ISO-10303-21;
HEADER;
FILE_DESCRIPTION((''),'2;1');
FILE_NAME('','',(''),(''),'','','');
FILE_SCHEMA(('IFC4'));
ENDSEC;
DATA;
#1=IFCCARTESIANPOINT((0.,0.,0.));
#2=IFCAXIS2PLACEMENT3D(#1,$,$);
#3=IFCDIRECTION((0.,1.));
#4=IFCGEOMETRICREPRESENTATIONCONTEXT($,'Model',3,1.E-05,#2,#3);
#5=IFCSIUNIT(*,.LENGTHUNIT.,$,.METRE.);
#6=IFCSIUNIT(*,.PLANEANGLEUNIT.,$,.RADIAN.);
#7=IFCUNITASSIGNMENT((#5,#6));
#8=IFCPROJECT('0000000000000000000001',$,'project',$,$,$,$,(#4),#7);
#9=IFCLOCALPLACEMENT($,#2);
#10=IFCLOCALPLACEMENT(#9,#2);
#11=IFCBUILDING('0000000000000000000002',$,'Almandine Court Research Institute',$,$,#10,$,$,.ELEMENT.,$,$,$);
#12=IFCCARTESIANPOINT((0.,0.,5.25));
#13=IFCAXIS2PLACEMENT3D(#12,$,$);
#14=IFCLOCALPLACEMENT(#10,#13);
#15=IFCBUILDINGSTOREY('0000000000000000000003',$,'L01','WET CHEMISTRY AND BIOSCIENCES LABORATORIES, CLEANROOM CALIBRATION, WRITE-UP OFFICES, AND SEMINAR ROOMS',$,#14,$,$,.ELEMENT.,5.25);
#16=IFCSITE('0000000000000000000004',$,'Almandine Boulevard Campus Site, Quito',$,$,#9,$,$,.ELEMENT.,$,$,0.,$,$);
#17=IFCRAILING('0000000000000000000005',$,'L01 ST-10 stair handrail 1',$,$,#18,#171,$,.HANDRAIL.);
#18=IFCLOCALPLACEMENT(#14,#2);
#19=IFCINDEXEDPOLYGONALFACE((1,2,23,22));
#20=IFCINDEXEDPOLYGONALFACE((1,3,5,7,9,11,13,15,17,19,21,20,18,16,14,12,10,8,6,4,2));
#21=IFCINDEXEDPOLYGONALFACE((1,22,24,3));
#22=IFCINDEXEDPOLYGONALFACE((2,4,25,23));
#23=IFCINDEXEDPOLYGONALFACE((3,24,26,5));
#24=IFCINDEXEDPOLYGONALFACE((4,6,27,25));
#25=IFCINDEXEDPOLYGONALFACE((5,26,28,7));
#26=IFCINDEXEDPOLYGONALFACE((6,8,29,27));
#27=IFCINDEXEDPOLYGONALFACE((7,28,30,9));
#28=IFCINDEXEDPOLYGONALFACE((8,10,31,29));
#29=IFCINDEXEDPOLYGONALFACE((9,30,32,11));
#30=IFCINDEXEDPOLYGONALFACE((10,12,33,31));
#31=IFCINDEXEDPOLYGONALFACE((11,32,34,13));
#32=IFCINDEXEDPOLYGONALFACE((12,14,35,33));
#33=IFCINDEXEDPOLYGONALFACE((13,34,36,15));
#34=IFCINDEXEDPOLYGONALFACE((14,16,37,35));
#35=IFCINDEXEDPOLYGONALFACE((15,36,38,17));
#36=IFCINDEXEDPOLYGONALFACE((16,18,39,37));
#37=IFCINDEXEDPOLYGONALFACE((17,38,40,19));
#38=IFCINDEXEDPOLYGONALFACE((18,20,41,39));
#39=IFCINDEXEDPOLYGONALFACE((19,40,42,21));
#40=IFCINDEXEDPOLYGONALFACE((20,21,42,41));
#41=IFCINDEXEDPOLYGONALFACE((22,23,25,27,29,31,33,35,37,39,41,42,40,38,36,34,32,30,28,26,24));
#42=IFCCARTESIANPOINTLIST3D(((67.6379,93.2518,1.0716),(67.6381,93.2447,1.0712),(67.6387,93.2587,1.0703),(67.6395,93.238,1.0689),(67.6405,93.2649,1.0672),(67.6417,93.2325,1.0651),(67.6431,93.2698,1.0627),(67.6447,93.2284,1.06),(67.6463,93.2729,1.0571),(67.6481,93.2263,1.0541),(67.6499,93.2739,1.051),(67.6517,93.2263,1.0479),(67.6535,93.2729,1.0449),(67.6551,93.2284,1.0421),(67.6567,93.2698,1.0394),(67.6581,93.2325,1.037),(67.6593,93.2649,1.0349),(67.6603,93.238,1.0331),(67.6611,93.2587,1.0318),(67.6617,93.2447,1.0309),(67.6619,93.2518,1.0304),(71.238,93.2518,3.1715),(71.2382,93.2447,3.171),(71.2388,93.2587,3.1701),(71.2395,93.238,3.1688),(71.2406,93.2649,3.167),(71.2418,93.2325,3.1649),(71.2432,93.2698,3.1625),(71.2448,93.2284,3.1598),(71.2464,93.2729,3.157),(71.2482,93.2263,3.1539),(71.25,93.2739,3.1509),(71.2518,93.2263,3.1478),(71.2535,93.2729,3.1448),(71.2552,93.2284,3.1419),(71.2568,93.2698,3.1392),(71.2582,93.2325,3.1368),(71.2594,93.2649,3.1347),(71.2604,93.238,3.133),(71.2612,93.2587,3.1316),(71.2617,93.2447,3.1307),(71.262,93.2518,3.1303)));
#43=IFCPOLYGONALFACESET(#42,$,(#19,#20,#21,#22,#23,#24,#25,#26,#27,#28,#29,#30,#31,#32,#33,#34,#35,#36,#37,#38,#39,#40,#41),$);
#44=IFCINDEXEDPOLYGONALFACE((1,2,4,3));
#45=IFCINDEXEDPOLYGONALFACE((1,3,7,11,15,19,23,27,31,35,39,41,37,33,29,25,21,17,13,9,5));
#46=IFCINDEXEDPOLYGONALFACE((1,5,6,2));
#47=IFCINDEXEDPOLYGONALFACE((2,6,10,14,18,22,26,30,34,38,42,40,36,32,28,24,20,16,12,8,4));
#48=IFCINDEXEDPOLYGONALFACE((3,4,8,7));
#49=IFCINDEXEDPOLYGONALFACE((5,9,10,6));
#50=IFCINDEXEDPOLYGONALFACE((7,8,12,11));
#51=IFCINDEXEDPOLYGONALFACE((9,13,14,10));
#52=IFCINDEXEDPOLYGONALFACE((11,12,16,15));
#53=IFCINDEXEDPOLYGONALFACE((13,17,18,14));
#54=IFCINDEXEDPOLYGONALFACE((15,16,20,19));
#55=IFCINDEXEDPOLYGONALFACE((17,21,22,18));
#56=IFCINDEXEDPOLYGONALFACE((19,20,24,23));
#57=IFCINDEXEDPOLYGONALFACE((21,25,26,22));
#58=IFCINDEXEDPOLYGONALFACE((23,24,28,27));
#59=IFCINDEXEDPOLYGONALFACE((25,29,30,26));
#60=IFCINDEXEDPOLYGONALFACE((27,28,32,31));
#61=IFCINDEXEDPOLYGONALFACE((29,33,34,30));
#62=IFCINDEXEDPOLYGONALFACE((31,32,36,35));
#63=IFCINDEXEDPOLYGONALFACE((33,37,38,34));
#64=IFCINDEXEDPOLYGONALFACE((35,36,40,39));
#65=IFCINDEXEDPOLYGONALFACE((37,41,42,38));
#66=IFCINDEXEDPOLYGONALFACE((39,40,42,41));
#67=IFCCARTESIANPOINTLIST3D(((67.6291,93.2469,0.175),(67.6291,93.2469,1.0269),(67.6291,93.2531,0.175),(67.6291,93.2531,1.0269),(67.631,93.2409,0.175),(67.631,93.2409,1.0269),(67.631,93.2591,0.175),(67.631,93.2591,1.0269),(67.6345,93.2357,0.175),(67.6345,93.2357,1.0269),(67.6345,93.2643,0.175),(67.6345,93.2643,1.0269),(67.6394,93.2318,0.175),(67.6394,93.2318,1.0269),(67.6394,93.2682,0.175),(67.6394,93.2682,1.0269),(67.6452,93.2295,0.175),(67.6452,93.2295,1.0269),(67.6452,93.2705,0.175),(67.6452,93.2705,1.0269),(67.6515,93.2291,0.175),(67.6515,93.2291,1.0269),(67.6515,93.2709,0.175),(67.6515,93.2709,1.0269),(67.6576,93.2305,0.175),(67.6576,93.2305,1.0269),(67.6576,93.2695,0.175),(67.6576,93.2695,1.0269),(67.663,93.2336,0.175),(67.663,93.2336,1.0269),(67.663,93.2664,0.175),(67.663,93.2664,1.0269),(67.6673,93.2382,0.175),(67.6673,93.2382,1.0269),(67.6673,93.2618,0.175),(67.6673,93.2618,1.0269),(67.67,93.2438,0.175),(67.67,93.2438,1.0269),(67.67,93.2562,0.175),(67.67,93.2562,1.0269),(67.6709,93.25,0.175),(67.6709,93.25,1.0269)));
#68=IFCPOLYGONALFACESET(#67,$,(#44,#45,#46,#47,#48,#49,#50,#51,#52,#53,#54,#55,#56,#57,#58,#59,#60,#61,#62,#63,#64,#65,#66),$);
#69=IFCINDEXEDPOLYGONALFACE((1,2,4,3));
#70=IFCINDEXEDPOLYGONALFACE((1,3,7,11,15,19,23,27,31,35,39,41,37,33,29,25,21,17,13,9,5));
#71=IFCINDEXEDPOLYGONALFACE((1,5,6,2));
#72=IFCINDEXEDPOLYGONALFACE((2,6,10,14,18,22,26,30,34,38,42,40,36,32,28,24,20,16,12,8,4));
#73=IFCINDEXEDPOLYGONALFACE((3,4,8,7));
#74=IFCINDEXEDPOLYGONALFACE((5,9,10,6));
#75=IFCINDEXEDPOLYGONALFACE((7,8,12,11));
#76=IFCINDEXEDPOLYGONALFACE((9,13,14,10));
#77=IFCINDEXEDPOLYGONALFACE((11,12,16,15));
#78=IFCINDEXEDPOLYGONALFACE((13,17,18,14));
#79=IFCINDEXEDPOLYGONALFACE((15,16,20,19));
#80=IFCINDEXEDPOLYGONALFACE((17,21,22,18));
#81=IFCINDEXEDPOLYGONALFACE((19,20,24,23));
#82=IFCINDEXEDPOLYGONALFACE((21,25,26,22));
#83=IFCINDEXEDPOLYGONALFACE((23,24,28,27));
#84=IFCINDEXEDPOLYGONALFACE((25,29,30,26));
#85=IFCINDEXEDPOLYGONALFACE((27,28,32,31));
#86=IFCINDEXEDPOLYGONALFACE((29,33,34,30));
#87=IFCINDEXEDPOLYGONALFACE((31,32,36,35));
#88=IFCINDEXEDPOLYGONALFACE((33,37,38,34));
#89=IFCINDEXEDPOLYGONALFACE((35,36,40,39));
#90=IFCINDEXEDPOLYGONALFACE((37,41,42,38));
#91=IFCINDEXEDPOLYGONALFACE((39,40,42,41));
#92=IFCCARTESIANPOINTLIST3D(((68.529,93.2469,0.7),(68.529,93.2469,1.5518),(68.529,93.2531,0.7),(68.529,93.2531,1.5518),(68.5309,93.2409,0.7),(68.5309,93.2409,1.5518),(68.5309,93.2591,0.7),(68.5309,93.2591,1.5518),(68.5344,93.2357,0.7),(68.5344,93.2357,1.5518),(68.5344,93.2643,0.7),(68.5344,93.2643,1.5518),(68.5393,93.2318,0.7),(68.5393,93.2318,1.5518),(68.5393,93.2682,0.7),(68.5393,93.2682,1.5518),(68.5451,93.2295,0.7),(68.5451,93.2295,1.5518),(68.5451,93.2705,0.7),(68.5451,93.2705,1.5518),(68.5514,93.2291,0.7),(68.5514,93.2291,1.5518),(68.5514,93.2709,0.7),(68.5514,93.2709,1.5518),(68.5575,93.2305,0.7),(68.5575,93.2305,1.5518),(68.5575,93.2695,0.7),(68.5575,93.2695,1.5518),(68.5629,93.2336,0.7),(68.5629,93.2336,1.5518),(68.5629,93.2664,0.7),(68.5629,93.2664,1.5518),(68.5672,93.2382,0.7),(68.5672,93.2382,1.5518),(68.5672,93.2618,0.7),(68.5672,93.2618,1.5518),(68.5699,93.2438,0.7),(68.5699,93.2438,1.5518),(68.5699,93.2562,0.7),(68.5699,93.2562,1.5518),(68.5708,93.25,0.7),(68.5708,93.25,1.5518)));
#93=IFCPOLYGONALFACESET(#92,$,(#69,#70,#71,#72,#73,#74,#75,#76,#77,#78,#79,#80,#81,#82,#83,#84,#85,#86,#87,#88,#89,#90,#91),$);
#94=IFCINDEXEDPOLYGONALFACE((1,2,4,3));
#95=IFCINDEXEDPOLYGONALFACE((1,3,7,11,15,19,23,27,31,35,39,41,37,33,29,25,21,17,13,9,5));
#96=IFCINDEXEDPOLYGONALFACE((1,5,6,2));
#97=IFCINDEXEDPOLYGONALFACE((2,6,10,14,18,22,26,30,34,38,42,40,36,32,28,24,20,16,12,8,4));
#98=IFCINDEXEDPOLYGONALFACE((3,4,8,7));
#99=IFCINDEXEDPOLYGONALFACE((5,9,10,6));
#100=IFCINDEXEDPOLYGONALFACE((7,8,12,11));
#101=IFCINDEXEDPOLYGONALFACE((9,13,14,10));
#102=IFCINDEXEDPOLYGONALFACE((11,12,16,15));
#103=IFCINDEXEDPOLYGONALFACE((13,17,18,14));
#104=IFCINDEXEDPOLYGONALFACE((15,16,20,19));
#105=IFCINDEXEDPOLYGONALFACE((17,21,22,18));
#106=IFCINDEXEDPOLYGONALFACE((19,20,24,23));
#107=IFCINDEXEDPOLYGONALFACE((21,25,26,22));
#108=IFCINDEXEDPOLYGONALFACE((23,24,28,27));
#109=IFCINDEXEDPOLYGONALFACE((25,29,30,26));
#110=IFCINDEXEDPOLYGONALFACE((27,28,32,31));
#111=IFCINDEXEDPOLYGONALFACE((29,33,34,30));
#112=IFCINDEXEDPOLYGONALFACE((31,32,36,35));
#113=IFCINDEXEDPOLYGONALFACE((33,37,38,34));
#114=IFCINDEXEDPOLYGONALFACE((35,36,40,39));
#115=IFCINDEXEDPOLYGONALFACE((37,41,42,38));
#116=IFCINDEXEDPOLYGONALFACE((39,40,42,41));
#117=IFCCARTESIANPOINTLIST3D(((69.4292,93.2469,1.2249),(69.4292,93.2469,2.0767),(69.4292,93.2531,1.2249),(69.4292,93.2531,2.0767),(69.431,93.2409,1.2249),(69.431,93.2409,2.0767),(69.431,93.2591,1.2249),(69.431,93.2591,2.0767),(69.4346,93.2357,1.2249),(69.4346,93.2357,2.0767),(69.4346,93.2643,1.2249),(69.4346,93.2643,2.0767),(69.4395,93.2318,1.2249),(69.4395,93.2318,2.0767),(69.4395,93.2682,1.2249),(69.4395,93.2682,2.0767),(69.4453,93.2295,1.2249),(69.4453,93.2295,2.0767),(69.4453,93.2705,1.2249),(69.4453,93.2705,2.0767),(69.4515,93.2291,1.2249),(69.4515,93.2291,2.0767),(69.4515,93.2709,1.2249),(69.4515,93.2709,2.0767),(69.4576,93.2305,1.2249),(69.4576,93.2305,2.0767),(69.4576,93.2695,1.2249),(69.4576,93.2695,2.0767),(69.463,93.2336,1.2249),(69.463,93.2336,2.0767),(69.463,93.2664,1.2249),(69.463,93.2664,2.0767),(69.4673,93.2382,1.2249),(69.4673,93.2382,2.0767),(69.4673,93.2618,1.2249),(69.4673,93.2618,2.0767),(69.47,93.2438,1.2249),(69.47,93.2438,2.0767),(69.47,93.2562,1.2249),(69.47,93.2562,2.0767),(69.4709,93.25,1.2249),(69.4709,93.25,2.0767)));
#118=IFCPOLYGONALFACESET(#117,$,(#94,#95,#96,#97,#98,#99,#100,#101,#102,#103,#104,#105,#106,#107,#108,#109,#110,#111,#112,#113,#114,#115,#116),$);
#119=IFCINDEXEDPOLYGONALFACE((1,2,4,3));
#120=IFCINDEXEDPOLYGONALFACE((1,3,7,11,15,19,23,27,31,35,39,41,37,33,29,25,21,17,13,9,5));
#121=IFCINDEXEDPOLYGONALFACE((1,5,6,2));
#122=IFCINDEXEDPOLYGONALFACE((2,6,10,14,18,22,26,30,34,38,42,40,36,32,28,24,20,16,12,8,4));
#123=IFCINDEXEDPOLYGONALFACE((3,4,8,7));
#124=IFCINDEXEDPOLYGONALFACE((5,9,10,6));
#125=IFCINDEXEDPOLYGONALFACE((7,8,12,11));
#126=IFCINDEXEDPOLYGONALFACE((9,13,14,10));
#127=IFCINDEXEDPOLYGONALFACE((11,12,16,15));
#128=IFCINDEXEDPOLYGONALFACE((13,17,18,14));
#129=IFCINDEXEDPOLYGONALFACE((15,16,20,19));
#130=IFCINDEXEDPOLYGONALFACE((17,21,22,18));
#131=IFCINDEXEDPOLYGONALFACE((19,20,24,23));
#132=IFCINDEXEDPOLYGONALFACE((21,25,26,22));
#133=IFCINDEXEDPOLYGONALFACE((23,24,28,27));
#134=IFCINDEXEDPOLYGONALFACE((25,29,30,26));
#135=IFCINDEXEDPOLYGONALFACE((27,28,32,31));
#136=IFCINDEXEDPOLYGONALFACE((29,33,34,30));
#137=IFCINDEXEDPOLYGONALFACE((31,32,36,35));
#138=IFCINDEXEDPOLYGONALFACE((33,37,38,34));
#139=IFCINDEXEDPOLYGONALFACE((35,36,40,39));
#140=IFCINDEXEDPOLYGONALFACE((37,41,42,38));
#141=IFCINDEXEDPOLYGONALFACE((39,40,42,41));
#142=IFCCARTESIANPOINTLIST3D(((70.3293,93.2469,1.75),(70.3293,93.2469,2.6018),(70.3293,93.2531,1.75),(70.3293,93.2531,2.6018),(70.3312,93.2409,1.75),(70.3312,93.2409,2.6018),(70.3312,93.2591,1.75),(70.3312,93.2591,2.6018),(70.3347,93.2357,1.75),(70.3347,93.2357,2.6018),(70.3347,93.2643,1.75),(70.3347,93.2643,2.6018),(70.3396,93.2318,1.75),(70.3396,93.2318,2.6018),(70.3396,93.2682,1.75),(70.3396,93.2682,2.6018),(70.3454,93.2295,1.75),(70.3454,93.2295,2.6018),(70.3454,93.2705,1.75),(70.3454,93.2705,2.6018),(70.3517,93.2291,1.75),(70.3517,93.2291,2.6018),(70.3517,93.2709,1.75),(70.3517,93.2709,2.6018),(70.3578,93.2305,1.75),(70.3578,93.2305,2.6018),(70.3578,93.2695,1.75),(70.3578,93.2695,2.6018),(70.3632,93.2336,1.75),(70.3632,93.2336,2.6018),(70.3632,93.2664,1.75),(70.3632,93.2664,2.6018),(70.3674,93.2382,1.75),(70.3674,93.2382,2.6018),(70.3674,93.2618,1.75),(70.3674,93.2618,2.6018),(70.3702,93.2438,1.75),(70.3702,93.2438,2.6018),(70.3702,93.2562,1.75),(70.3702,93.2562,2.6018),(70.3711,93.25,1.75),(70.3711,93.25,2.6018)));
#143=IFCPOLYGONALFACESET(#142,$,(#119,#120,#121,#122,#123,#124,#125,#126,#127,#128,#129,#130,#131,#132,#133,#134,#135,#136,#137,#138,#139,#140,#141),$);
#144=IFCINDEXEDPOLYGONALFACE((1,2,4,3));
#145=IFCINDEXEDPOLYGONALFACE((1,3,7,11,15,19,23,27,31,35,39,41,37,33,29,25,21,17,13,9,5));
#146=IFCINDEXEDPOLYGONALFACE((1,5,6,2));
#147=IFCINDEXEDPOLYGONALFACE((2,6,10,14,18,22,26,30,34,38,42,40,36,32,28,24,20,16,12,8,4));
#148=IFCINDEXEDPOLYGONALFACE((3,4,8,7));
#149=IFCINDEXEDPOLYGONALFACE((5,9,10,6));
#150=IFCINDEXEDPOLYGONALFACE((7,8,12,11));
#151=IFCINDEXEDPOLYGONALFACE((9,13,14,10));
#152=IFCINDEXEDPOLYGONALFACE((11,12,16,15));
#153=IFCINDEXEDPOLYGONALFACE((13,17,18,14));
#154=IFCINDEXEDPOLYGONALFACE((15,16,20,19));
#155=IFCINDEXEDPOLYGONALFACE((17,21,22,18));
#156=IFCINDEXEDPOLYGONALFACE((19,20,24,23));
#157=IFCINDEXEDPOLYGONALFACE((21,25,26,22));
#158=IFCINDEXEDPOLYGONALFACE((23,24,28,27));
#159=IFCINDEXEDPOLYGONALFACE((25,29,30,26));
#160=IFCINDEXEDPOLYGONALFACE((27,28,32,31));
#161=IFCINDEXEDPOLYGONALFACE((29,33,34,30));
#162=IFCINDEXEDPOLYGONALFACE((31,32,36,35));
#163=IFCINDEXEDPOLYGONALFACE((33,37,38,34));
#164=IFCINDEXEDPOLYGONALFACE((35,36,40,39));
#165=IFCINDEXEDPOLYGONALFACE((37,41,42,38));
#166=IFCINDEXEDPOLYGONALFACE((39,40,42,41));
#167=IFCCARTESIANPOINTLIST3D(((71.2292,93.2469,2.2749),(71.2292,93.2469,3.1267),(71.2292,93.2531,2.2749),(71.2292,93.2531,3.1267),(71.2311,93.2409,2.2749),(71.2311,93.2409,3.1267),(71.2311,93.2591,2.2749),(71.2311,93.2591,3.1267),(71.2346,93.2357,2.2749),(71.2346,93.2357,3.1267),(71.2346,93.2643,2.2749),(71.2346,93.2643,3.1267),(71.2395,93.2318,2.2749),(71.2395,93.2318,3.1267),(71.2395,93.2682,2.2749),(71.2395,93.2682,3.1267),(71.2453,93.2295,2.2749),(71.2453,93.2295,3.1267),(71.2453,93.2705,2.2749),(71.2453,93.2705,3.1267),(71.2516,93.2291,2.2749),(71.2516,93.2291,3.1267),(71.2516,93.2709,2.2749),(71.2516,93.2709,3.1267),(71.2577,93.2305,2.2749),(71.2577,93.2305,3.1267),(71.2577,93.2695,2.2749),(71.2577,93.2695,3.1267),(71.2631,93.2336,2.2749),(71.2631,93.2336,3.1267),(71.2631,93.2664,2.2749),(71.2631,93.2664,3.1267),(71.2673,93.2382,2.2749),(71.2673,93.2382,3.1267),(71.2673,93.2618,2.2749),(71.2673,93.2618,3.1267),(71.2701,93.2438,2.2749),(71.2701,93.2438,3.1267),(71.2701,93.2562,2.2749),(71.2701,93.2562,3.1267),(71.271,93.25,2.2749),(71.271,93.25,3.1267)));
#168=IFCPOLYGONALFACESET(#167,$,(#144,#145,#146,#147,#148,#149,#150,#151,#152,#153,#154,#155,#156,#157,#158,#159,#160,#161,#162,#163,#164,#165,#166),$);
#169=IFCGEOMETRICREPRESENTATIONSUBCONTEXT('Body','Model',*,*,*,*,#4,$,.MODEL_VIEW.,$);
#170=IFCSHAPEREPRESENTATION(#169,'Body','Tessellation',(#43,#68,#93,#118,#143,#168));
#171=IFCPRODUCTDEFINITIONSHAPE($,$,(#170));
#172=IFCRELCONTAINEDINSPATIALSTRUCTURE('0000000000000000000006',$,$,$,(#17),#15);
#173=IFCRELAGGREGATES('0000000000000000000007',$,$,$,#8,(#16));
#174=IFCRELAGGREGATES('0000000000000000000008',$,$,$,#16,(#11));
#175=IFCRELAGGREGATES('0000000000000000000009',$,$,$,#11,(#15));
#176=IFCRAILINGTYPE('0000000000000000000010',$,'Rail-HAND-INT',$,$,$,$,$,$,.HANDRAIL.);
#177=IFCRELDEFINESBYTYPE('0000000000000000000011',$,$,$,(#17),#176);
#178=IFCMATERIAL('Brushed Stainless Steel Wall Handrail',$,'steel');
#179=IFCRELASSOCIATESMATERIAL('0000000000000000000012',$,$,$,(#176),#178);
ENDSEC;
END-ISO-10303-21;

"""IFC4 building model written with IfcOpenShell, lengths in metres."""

from ifc_helpers import new_model, si_unit, direction, frame, origin, origin_2d, place, context, subcontext, project, spatial, circle, extrude, material, type_object, element, save


model = new_model("IFC4")

# Units and contexts
model_context = context("Model", 3, precision=1e-05, world=origin(), true_north=direction((0.0, 1.0)))
body_context = subcontext(model_context, "Body", "Model", "MODEL_VIEW")
ifc_project = project(units=[si_unit("LENGTHUNIT", "METRE"), si_unit("PLANEANGLEUNIT", "RADIAN")], contexts=[model_context])

# Site, building, storey
site_placement = place(None, origin())
site = spatial("IfcSite", under=ifc_project, at=site_placement, Name="Almandine Boulevard Campus Site, Quito", CompositionType="ELEMENT", RefElevation=0.0)
building_placement = place(site_placement, origin())
building = spatial("IfcBuilding", under=site, at=building_placement, Name="Almandine Court Research Institute", CompositionType="ELEMENT")
storey_placement = place(building_placement, frame((0.0, 0.0, 5.25)))
storey = spatial("IfcBuildingStorey", under=building, at=storey_placement, Name="L01", Description="WET CHEMISTRY AND BIOSCIENCES LABORATORIES, CLEANROOM CALIBRATION, WRITE-UP OFFICES, AND SEMINAR ROOMS", CompositionType="ELEMENT", Elevation=5.25)

# Railing
ifc_material_1 = material(Name="Brushed Stainless Steel Wall Handrail", Category="steel")
railing_type_1 = type_object("IfcRailingType", Name="Rail-HAND-INT", PredefinedType="HANDRAIL", material=ifc_material_1)
railing_1_placement = place(storey_placement, frame((67.6499, 93.25, 0.175)))
element("IfcRailing", 1, at=railing_1_placement, inside=storey, type_object=railing_type_1, Name="L01 ST-10 stair handrail 1", PredefinedType="HANDRAIL", context=body_context, shape_type="SweptSolid", body=[
    extrude(circle(Radius=0.0239, at=origin_2d()), frame((0.0, 0.0, 0.876), z_axis=(0.8638, 0.0, 0.503835), x_axis=(0.0, 1.0, 0.0)), (0.0, 0.0, 1.0), 4.1677),
    extrude(circle(Radius=0.021, at=origin_2d()), origin(), (0.0, 0.0, 1.0), 0.8518),
    extrude(circle(Radius=0.021, at=origin_2d()), frame((0.8999, 0.0, 0.5249)), (0.0, 0.0, 1.0), 0.8518),
    extrude(circle(Radius=0.021, at=origin_2d()), frame((1.8, 0.0, 1.0498)), (0.0, 0.0, 1.0), 0.8518),
    extrude(circle(Radius=0.021, at=origin_2d()), frame((2.7002, 0.0, 1.575)), (0.0, 0.0, 1.0), 0.8518),
    extrude(circle(Radius=0.021, at=origin_2d()), frame((3.6001, 0.0, 2.0999)), (0.0, 0.0, 1.0), 0.8518),
])

save(model, "model.ifc")
